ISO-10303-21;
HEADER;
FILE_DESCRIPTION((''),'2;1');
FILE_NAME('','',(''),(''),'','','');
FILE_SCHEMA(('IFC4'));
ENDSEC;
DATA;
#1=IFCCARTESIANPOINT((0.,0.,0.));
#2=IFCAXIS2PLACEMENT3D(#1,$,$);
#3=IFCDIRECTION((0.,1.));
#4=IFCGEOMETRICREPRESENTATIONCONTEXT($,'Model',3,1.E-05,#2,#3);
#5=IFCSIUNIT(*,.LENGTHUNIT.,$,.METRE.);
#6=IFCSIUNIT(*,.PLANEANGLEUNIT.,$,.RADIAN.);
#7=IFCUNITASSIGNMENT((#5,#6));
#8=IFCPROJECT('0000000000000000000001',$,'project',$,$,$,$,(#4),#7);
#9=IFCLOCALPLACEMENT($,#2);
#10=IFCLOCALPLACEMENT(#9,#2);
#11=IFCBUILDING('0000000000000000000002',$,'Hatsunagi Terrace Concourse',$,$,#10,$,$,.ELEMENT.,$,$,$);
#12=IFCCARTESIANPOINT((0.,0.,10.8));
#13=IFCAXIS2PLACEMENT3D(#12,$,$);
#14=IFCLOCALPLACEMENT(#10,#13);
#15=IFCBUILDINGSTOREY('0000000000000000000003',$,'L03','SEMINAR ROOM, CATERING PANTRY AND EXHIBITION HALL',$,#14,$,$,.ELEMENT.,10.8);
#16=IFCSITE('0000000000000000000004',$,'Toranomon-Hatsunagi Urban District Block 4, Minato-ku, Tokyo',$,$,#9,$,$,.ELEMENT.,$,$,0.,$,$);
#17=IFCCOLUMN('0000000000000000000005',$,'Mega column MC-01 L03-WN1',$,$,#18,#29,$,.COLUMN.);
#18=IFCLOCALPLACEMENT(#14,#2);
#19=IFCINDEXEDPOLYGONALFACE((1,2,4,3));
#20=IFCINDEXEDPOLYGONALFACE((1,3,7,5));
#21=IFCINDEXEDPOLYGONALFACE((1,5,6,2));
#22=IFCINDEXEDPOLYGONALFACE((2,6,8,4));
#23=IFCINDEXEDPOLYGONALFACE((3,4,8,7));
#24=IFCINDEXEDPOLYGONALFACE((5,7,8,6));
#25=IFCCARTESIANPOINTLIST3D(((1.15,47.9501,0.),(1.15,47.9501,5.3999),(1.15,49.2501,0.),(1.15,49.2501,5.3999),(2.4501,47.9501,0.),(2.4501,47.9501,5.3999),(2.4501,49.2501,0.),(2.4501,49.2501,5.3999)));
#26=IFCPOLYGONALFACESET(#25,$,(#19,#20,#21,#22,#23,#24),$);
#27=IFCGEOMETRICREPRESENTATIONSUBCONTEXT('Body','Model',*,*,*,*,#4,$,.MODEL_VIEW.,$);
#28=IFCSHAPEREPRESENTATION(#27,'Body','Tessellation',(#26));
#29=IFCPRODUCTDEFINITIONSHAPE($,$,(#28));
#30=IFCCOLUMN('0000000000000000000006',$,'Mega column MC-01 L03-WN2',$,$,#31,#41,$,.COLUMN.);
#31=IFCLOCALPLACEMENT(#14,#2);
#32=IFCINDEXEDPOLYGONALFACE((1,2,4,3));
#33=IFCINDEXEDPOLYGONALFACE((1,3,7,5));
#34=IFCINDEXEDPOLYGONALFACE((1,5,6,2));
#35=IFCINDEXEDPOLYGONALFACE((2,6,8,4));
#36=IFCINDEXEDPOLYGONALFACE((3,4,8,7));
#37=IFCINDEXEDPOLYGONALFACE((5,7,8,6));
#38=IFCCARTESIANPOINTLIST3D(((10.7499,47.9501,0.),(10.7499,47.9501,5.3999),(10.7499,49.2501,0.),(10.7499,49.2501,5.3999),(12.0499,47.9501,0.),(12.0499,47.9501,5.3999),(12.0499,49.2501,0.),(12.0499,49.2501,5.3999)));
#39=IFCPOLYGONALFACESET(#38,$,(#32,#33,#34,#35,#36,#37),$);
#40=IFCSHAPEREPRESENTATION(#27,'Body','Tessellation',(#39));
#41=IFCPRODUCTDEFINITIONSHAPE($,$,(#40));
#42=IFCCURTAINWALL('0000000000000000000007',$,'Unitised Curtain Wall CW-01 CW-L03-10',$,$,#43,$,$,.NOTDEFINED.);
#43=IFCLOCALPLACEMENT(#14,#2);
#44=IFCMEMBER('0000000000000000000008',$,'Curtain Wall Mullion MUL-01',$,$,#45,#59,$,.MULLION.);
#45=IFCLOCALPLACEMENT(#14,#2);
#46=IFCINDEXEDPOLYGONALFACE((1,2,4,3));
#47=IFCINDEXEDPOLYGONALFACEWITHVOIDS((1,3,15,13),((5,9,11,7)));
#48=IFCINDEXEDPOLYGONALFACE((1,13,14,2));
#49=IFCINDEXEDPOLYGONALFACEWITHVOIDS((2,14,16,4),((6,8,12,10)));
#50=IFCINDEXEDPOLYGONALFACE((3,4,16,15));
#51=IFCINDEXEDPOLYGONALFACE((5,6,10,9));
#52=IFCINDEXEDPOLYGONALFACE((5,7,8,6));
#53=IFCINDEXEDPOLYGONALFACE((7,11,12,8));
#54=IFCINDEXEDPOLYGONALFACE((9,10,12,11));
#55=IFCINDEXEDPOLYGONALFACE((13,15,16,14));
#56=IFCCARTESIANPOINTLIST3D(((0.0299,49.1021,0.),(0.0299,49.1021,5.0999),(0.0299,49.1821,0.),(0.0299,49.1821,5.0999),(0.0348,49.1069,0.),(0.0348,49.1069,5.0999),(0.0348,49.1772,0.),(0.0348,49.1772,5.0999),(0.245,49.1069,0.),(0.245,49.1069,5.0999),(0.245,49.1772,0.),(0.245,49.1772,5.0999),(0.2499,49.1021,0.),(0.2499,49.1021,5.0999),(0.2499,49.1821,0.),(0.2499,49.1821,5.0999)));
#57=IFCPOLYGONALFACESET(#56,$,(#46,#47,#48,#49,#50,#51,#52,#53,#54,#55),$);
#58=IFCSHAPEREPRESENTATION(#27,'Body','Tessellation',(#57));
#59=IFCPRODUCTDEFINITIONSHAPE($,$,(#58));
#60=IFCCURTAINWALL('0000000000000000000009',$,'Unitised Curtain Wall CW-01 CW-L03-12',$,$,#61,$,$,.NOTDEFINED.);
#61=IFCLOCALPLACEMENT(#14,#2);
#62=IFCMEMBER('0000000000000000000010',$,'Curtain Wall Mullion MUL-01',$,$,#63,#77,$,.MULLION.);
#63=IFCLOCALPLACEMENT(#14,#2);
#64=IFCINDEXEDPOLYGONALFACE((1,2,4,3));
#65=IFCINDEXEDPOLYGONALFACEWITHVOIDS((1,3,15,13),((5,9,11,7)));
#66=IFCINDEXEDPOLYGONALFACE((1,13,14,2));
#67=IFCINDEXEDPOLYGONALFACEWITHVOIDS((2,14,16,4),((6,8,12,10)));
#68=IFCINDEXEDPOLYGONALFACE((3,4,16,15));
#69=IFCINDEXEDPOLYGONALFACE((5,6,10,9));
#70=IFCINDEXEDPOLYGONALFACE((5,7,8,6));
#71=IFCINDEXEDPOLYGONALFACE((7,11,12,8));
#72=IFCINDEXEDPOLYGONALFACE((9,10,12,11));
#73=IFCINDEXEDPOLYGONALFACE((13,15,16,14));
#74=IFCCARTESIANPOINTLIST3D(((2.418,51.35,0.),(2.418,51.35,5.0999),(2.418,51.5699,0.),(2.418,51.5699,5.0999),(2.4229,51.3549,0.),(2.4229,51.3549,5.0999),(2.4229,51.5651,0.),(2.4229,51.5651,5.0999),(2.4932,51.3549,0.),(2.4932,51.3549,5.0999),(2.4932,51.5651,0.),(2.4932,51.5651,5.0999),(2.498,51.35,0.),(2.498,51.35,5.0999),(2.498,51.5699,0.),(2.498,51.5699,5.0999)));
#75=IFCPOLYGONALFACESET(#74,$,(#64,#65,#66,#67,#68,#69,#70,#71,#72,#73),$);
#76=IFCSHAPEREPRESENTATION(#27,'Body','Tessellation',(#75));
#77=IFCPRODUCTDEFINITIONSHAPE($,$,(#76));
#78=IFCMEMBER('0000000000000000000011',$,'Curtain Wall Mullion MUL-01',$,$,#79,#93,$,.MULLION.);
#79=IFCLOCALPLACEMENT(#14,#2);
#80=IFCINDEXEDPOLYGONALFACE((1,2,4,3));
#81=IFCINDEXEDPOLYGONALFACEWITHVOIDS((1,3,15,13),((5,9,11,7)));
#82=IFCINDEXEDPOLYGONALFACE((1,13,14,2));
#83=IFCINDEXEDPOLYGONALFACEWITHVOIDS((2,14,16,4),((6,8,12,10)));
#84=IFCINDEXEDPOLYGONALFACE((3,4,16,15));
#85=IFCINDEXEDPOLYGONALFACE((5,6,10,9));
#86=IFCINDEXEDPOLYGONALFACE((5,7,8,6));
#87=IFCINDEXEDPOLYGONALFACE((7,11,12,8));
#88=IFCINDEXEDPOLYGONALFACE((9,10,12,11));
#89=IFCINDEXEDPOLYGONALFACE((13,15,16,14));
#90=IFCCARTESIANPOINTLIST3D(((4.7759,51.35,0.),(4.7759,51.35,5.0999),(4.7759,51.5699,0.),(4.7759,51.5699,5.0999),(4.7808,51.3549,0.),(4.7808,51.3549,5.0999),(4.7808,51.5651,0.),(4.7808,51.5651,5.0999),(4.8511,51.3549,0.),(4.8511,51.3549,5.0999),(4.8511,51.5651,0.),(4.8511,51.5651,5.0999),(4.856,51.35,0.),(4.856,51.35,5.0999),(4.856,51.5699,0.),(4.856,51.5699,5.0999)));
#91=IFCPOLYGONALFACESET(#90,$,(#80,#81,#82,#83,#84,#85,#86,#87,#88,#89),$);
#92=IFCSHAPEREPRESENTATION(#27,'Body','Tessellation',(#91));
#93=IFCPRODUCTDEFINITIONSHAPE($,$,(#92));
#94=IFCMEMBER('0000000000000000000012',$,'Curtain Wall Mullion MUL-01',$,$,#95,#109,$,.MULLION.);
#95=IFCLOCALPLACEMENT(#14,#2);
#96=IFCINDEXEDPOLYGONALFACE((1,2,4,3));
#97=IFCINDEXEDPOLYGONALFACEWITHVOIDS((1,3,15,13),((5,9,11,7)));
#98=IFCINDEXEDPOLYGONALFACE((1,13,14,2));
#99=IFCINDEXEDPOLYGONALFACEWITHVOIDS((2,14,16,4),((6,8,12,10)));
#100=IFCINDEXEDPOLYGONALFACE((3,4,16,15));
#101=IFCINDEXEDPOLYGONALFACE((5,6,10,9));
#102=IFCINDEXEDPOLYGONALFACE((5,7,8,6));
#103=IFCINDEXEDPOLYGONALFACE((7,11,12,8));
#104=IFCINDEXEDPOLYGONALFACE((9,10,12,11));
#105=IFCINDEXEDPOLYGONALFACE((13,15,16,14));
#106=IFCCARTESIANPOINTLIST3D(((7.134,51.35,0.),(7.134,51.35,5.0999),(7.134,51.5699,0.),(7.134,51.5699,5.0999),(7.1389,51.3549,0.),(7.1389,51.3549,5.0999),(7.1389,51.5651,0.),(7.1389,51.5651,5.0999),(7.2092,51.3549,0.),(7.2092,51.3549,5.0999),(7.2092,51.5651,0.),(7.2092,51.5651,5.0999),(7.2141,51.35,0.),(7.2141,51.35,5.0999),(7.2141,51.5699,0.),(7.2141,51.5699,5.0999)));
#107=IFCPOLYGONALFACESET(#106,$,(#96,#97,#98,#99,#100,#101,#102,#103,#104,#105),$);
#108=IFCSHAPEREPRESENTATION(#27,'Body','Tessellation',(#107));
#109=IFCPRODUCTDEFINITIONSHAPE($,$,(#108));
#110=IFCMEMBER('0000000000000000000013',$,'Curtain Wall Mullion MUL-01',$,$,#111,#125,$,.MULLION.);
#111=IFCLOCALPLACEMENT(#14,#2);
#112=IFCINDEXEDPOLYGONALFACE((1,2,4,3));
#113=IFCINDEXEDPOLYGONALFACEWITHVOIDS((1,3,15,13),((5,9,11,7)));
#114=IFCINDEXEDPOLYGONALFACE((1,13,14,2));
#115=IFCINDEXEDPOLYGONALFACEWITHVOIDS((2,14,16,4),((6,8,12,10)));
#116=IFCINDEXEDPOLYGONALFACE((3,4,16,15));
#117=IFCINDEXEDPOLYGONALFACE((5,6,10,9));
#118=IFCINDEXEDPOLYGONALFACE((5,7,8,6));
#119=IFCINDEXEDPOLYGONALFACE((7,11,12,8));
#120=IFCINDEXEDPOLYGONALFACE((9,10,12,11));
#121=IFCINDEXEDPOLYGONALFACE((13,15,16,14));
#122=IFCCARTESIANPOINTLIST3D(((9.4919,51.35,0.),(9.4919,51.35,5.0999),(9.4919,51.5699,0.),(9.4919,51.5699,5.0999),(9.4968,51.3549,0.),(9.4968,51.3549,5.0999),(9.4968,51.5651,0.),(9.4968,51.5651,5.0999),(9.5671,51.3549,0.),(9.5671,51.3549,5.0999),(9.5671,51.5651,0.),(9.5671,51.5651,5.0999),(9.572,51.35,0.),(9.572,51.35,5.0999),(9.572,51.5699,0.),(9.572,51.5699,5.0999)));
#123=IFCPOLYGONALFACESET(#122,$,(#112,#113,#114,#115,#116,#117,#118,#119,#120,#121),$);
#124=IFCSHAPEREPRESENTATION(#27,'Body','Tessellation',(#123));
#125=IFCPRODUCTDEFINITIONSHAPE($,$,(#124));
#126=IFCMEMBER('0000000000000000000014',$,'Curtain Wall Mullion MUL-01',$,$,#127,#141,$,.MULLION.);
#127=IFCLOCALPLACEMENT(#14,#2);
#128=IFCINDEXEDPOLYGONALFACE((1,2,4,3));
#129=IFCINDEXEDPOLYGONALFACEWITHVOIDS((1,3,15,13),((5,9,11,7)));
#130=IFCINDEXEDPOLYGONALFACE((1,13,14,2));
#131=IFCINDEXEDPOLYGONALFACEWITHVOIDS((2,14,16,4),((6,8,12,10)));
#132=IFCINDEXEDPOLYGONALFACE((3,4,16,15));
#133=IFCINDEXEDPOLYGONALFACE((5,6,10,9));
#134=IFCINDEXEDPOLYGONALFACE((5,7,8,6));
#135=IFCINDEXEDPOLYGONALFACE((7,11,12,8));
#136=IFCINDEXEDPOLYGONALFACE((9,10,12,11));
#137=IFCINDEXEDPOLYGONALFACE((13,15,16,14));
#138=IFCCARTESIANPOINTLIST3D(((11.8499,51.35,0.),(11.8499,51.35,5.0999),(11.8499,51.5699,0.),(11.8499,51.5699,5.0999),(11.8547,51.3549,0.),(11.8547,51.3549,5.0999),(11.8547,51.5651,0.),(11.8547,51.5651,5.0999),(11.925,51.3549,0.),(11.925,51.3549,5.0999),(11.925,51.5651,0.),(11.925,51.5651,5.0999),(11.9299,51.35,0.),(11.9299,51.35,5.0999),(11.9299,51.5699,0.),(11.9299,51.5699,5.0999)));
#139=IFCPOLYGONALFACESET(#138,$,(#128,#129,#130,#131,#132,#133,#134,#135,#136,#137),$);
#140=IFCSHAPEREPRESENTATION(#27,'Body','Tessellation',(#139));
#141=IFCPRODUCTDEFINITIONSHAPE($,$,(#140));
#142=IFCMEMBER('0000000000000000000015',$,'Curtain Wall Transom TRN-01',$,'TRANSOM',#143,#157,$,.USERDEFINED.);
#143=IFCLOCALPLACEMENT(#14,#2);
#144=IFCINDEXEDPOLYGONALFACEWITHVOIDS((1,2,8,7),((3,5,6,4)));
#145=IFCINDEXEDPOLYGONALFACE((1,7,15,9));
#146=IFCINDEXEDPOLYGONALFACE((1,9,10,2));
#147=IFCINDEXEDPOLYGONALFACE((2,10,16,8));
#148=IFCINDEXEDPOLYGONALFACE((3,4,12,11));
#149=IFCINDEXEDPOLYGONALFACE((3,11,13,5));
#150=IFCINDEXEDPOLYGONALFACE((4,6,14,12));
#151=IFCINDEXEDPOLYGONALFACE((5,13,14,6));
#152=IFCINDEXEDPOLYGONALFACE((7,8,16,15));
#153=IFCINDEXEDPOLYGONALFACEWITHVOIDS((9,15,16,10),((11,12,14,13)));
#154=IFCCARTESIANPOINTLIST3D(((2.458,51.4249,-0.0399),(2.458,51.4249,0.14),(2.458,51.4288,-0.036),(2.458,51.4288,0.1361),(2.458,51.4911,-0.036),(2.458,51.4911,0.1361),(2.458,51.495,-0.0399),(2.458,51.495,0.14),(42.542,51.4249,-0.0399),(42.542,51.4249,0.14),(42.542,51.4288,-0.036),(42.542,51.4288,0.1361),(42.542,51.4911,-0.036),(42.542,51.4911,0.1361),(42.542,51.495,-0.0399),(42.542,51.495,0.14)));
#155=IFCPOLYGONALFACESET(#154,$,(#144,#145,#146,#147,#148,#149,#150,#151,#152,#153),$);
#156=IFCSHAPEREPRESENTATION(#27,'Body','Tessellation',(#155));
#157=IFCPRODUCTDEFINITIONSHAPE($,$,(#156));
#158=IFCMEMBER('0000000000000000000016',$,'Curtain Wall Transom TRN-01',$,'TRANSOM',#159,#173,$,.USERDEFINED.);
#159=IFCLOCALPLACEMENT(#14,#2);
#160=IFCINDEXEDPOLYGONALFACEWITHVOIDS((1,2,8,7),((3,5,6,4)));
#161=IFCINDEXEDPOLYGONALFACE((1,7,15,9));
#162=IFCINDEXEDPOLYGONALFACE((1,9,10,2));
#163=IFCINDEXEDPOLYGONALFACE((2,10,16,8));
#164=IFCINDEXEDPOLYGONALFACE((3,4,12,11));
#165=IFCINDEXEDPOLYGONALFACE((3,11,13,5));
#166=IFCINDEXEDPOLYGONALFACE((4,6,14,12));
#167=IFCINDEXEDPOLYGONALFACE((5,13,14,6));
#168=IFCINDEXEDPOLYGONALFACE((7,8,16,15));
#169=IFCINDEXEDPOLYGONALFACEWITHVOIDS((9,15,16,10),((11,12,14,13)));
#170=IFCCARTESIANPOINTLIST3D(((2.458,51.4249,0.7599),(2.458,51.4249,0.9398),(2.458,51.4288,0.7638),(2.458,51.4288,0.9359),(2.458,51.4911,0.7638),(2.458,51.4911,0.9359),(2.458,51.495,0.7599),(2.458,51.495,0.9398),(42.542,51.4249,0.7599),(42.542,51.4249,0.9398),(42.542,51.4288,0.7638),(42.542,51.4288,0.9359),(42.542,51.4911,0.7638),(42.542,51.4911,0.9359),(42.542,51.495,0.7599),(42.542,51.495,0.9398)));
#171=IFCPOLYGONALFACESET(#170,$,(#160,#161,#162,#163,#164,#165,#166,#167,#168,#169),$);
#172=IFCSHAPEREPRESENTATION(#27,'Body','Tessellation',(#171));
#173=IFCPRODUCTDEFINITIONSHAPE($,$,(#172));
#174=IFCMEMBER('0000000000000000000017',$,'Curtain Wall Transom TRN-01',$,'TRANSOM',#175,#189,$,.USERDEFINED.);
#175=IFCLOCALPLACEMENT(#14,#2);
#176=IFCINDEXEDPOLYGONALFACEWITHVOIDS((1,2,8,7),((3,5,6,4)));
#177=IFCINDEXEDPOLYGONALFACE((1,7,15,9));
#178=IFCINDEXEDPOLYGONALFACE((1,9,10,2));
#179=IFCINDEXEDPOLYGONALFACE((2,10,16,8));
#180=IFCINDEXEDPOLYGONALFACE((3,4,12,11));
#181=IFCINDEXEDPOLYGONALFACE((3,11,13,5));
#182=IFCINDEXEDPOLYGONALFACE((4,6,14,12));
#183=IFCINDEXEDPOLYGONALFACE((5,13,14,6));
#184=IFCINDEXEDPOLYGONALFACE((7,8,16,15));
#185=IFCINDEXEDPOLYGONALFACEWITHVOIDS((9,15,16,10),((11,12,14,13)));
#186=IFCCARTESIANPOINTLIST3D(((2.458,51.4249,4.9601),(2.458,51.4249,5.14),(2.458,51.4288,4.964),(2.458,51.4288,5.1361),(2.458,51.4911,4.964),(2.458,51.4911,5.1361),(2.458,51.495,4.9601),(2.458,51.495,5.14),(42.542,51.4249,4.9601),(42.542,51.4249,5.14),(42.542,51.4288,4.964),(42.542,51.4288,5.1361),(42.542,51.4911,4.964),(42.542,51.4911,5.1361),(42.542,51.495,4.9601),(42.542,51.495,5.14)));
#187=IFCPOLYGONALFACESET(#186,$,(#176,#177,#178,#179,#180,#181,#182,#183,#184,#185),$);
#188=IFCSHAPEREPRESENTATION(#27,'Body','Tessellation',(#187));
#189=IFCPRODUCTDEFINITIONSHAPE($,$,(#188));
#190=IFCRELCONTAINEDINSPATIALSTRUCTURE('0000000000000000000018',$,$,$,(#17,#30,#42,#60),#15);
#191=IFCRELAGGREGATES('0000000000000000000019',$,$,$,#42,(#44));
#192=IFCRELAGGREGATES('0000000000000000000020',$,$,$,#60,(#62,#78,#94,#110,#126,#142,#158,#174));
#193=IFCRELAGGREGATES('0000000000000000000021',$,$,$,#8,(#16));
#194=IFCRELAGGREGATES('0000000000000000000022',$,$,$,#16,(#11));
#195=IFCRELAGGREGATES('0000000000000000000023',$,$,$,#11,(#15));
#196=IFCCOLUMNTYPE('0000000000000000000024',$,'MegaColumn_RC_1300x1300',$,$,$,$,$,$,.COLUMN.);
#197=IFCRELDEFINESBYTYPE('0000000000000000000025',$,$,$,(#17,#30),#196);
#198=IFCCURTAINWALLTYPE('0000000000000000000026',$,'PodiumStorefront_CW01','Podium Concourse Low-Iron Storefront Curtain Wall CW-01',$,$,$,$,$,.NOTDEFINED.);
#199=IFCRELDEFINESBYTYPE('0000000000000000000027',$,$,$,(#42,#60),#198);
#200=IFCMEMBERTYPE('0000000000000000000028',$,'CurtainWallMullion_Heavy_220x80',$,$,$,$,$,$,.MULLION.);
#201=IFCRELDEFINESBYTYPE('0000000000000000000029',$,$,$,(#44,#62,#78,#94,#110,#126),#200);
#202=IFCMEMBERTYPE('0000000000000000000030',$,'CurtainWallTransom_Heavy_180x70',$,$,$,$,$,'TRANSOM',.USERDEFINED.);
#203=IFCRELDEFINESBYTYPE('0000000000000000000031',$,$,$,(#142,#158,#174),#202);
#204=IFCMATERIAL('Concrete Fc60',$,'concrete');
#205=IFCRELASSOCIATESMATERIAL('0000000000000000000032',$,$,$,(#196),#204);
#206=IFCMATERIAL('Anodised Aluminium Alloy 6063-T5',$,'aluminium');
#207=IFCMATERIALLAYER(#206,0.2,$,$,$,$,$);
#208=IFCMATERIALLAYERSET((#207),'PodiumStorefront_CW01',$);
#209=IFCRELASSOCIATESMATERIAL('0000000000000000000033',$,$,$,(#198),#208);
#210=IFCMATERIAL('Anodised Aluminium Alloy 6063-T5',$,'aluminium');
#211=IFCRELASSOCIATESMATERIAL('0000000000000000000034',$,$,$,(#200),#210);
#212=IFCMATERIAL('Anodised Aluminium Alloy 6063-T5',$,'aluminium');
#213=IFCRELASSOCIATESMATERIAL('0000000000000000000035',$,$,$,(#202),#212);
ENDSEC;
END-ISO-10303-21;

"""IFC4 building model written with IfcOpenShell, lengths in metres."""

from ifc_helpers import new_model, si_unit, direction, frame, origin, origin_2d, place, context, subcontext, project, spatial, rectangle, hollow_rectangle, extrude, material, layer, layer_set, material_profile, profile_set, type_object, element, aggregate, save


model = new_model("IFC4")

# Units and contexts
model_context = context("Model", 3, precision=1e-05, world=origin(), true_north=direction((0.0, 1.0)))
body_context = subcontext(model_context, "Body", "Model", "MODEL_VIEW")
ifc_project = project(units=[si_unit("LENGTHUNIT", "METRE"), si_unit("PLANEANGLEUNIT", "RADIAN")], contexts=[model_context])

# Site, building, storey
site_placement = place(None, origin())
site = spatial("IfcSite", under=ifc_project, at=site_placement, Name="Toranomon-Hatsunagi Urban District Block 4, Minato-ku, Tokyo", CompositionType="ELEMENT", RefElevation=0.0)
building_placement = place(site_placement, origin())
building = spatial("IfcBuilding", under=site, at=building_placement, Name="Hatsunagi Terrace Concourse", CompositionType="ELEMENT")
storey_placement = place(building_placement, frame((0.0, 0.0, 10.8)))
storey = spatial("IfcBuildingStorey", under=building, at=storey_placement, Name="L03", Description="SEMINAR ROOM, CATERING PANTRY AND EXHIBITION HALL", CompositionType="ELEMENT", Elevation=10.8)

# Columns
ifc_material_1 = material(Name="Concrete Fc60", Category="concrete")
ifc_material_profile_1 = material_profile(ifc_material_1, rectangle(XDim=1.3, YDim=1.3, at=origin_2d()), Name="RC-1300x1300")
ifc_profile_set_1 = profile_set([ifc_material_profile_1], Name="Concrete Fc60")
column_type = type_object("IfcColumnType", Name="MegaColumn_RC_1300x1300", PredefinedType="COLUMN", material=ifc_profile_set_1)
for number, where, z_axis, x_axis, name in (
    (1, (1.8, 48.6001, 0.0), (0.0, 0.0, 1.0), (1.0, 0.0, 0.0), "Mega column MC-01 L03-WN1"),
    (2, (11.3999, 48.6001, 0.0), (0.0, 0.0, 1.0), (1.0, 0.0, 0.0), "Mega column MC-01 L03-WN2"),
):
    element("IfcColumn", number, at=place(storey_placement, frame(where, z_axis=z_axis, x_axis=x_axis)), inside=storey, type_object=column_type, Name=name, PredefinedType="COLUMN", context=body_context, shape_type="SweptSolid", body=[
        extrude(rectangle(XDim=1.3, YDim=1.3, at=origin_2d()), origin(), (0.0, 0.0, 1.0), 5.3999),
    ])

# Curtain wall, member
ifc_material_2 = material(Name="Anodised Aluminium Alloy 6063-T5", Category="aluminium")
ifc_layer_1 = layer(ifc_material_2, 0.2)
ifc_layer_set_1 = layer_set([ifc_layer_1], Name="PodiumStorefront_CW01")
curtain_wall_type = type_object("IfcCurtainWallType", Name="PodiumStorefront_CW01", Description="Podium Concourse Low-Iron Storefront Curtain Wall CW-01", PredefinedType="NOTDEFINED", material=ifc_layer_set_1)
curtain_wall_1_placement = place(storey_placement, origin())
curtain_wall_1 = element("IfcCurtainWall", 3, at=curtain_wall_1_placement, inside=storey, type_object=curtain_wall_type, Name="Unitised Curtain Wall CW-01 CW-L03-10", PredefinedType="NOTDEFINED")
ifc_material_3 = material(Name="Anodised Aluminium Alloy 6063-T5", Category="aluminium")
ifc_material_profile_2 = material_profile(ifc_material_3, hollow_rectangle(XDim=0.0801, YDim=0.22, WallThickness=0.0049, at=origin_2d()), Name="ALU-MUL-220x80x5")
ifc_profile_set_2 = profile_set([ifc_material_profile_2], Name="Anodised Aluminium Alloy 6063-T5")
member_type_1 = type_object("IfcMemberType", Name="CurtainWallMullion_Heavy_220x80", PredefinedType="MULLION", material=ifc_profile_set_2)
member_1_placement = place(storey_placement, frame((0.1399, 49.1421, 0.0), z_axis=(0.0, 0.0, 1.0), x_axis=(0.0, 1.0, 0.0)))
member_1 = element("IfcMember", 4, at=member_1_placement, type_object=member_type_1, Name="Curtain Wall Mullion MUL-01", PredefinedType="MULLION", context=body_context, shape_type="SweptSolid", body=[
    extrude(hollow_rectangle(XDim=0.0801, YDim=0.22, WallThickness=0.0049, at=origin_2d()), origin(), (0.0, 0.0, 1.0), 5.0999),
])

# Curtain wall, members
curtain_wall_2_placement = place(storey_placement, origin())
curtain_wall_2 = element("IfcCurtainWall", 5, at=curtain_wall_2_placement, inside=storey, type_object=curtain_wall_type, Name="Unitised Curtain Wall CW-01 CW-L03-12", PredefinedType="NOTDEFINED")
member_2_placement = place(storey_placement, frame((2.458, 51.46, 0.0), z_axis=(0.0, 0.0, 1.0), x_axis=(1.0, 0.0, 0.0)))
member_2 = element("IfcMember", 6, at=member_2_placement, type_object=member_type_1, Name="Curtain Wall Mullion MUL-01", PredefinedType="MULLION", context=body_context, shape_type="SweptSolid", body=[
    extrude(hollow_rectangle(XDim=0.0801, YDim=0.22, WallThickness=0.0049, at=origin_2d()), origin(), (0.0, 0.0, 1.0), 5.0999),
])
member_3_placement = place(storey_placement, frame((4.8159, 51.46, 0.0), z_axis=(0.0, 0.0, 1.0), x_axis=(1.0, 0.0, 0.0)))
member_3 = element("IfcMember", 7, at=member_3_placement, type_object=member_type_1, Name="Curtain Wall Mullion MUL-01", PredefinedType="MULLION", context=body_context, shape_type="SweptSolid", body=[
    extrude(hollow_rectangle(XDim=0.0801, YDim=0.22, WallThickness=0.0049, at=origin_2d()), origin(), (0.0, 0.0, 1.0), 5.0999),
])
member_4_placement = place(storey_placement, frame((7.1741, 51.46, 0.0), z_axis=(0.0, 0.0, 1.0), x_axis=(1.0, 0.0, 0.0)))
member_4 = element("IfcMember", 8, at=member_4_placement, type_object=member_type_1, Name="Curtain Wall Mullion MUL-01", PredefinedType="MULLION", context=body_context, shape_type="SweptSolid", body=[
    extrude(hollow_rectangle(XDim=0.0801, YDim=0.22, WallThickness=0.0049, at=origin_2d()), origin(), (0.0, 0.0, 1.0), 5.0999),
])
member_5_placement = place(storey_placement, frame((9.532, 51.46, 0.0), z_axis=(0.0, 0.0, 1.0), x_axis=(1.0, 0.0, 0.0)))
member_5 = element("IfcMember", 9, at=member_5_placement, type_object=member_type_1, Name="Curtain Wall Mullion MUL-01", PredefinedType="MULLION", context=body_context, shape_type="SweptSolid", body=[
    extrude(hollow_rectangle(XDim=0.0801, YDim=0.22, WallThickness=0.0049, at=origin_2d()), origin(), (0.0, 0.0, 1.0), 5.0999),
])
member_6_placement = place(storey_placement, frame((11.8899, 51.46, 0.0), z_axis=(0.0, 0.0, 1.0), x_axis=(1.0, 0.0, 0.0)))
member_6 = element("IfcMember", 10, at=member_6_placement, type_object=member_type_1, Name="Curtain Wall Mullion MUL-01", PredefinedType="MULLION", context=body_context, shape_type="SweptSolid", body=[
    extrude(hollow_rectangle(XDim=0.0801, YDim=0.22, WallThickness=0.0049, at=origin_2d()), origin(), (0.0, 0.0, 1.0), 5.0999),
])
ifc_material_4 = material(Name="Anodised Aluminium Alloy 6063-T5", Category="aluminium")
ifc_material_profile_3 = material_profile(ifc_material_4, hollow_rectangle(XDim=0.0701, YDim=0.1799, WallThickness=0.0039, at=origin_2d()), Name="ALU-TRN-180x70x4")
ifc_profile_set_3 = profile_set([ifc_material_profile_3], Name="Anodised Aluminium Alloy 6063-T5")
member_type_2 = type_object("IfcMemberType", Name="CurtainWallTransom_Heavy_180x70", ElementType="TRANSOM", PredefinedType="USERDEFINED", material=ifc_profile_set_3)
member_7_placement = place(storey_placement, frame((2.458, 51.46, 0.05), z_axis=(1.0, 0.0, 0.0), x_axis=(0.0, 1.0, 0.0)))
member_7 = element("IfcMember", 11, at=member_7_placement, type_object=member_type_2, Name="Curtain Wall Transom TRN-01", ObjectType="TRANSOM", PredefinedType="USERDEFINED", context=body_context, shape_type="SweptSolid", body=[
    extrude(hollow_rectangle(XDim=0.0701, YDim=0.1799, WallThickness=0.0039, at=origin_2d()), origin(), (0.0, 0.0, 1.0), 40.084),
])
member_8_placement = place(storey_placement, frame((2.458, 51.46, 0.8499), z_axis=(1.0, 0.0, 0.0), x_axis=(0.0, 1.0, 0.0)))
member_8 = element("IfcMember", 12, at=member_8_placement, type_object=member_type_2, Name="Curtain Wall Transom TRN-01", ObjectType="TRANSOM", PredefinedType="USERDEFINED", context=body_context, shape_type="SweptSolid", body=[
    extrude(hollow_rectangle(XDim=0.0701, YDim=0.1799, WallThickness=0.0039, at=origin_2d()), origin(), (0.0, 0.0, 1.0), 40.084),
])
member_9_placement = place(storey_placement, frame((2.458, 51.46, 5.05), z_axis=(1.0, 0.0, 0.0), x_axis=(0.0, 1.0, 0.0)))
member_9 = element("IfcMember", 13, at=member_9_placement, type_object=member_type_2, Name="Curtain Wall Transom TRN-01", ObjectType="TRANSOM", PredefinedType="USERDEFINED", context=body_context, shape_type="SweptSolid", body=[
    extrude(hollow_rectangle(XDim=0.0701, YDim=0.1799, WallThickness=0.0039, at=origin_2d()), origin(), (0.0, 0.0, 1.0), 40.084),
])

aggregate(curtain_wall_1, [member_1])
aggregate(curtain_wall_2, [member_2, member_3, member_4, member_5, member_6, member_7, member_8, member_9])

save(model, "model.ifc")
